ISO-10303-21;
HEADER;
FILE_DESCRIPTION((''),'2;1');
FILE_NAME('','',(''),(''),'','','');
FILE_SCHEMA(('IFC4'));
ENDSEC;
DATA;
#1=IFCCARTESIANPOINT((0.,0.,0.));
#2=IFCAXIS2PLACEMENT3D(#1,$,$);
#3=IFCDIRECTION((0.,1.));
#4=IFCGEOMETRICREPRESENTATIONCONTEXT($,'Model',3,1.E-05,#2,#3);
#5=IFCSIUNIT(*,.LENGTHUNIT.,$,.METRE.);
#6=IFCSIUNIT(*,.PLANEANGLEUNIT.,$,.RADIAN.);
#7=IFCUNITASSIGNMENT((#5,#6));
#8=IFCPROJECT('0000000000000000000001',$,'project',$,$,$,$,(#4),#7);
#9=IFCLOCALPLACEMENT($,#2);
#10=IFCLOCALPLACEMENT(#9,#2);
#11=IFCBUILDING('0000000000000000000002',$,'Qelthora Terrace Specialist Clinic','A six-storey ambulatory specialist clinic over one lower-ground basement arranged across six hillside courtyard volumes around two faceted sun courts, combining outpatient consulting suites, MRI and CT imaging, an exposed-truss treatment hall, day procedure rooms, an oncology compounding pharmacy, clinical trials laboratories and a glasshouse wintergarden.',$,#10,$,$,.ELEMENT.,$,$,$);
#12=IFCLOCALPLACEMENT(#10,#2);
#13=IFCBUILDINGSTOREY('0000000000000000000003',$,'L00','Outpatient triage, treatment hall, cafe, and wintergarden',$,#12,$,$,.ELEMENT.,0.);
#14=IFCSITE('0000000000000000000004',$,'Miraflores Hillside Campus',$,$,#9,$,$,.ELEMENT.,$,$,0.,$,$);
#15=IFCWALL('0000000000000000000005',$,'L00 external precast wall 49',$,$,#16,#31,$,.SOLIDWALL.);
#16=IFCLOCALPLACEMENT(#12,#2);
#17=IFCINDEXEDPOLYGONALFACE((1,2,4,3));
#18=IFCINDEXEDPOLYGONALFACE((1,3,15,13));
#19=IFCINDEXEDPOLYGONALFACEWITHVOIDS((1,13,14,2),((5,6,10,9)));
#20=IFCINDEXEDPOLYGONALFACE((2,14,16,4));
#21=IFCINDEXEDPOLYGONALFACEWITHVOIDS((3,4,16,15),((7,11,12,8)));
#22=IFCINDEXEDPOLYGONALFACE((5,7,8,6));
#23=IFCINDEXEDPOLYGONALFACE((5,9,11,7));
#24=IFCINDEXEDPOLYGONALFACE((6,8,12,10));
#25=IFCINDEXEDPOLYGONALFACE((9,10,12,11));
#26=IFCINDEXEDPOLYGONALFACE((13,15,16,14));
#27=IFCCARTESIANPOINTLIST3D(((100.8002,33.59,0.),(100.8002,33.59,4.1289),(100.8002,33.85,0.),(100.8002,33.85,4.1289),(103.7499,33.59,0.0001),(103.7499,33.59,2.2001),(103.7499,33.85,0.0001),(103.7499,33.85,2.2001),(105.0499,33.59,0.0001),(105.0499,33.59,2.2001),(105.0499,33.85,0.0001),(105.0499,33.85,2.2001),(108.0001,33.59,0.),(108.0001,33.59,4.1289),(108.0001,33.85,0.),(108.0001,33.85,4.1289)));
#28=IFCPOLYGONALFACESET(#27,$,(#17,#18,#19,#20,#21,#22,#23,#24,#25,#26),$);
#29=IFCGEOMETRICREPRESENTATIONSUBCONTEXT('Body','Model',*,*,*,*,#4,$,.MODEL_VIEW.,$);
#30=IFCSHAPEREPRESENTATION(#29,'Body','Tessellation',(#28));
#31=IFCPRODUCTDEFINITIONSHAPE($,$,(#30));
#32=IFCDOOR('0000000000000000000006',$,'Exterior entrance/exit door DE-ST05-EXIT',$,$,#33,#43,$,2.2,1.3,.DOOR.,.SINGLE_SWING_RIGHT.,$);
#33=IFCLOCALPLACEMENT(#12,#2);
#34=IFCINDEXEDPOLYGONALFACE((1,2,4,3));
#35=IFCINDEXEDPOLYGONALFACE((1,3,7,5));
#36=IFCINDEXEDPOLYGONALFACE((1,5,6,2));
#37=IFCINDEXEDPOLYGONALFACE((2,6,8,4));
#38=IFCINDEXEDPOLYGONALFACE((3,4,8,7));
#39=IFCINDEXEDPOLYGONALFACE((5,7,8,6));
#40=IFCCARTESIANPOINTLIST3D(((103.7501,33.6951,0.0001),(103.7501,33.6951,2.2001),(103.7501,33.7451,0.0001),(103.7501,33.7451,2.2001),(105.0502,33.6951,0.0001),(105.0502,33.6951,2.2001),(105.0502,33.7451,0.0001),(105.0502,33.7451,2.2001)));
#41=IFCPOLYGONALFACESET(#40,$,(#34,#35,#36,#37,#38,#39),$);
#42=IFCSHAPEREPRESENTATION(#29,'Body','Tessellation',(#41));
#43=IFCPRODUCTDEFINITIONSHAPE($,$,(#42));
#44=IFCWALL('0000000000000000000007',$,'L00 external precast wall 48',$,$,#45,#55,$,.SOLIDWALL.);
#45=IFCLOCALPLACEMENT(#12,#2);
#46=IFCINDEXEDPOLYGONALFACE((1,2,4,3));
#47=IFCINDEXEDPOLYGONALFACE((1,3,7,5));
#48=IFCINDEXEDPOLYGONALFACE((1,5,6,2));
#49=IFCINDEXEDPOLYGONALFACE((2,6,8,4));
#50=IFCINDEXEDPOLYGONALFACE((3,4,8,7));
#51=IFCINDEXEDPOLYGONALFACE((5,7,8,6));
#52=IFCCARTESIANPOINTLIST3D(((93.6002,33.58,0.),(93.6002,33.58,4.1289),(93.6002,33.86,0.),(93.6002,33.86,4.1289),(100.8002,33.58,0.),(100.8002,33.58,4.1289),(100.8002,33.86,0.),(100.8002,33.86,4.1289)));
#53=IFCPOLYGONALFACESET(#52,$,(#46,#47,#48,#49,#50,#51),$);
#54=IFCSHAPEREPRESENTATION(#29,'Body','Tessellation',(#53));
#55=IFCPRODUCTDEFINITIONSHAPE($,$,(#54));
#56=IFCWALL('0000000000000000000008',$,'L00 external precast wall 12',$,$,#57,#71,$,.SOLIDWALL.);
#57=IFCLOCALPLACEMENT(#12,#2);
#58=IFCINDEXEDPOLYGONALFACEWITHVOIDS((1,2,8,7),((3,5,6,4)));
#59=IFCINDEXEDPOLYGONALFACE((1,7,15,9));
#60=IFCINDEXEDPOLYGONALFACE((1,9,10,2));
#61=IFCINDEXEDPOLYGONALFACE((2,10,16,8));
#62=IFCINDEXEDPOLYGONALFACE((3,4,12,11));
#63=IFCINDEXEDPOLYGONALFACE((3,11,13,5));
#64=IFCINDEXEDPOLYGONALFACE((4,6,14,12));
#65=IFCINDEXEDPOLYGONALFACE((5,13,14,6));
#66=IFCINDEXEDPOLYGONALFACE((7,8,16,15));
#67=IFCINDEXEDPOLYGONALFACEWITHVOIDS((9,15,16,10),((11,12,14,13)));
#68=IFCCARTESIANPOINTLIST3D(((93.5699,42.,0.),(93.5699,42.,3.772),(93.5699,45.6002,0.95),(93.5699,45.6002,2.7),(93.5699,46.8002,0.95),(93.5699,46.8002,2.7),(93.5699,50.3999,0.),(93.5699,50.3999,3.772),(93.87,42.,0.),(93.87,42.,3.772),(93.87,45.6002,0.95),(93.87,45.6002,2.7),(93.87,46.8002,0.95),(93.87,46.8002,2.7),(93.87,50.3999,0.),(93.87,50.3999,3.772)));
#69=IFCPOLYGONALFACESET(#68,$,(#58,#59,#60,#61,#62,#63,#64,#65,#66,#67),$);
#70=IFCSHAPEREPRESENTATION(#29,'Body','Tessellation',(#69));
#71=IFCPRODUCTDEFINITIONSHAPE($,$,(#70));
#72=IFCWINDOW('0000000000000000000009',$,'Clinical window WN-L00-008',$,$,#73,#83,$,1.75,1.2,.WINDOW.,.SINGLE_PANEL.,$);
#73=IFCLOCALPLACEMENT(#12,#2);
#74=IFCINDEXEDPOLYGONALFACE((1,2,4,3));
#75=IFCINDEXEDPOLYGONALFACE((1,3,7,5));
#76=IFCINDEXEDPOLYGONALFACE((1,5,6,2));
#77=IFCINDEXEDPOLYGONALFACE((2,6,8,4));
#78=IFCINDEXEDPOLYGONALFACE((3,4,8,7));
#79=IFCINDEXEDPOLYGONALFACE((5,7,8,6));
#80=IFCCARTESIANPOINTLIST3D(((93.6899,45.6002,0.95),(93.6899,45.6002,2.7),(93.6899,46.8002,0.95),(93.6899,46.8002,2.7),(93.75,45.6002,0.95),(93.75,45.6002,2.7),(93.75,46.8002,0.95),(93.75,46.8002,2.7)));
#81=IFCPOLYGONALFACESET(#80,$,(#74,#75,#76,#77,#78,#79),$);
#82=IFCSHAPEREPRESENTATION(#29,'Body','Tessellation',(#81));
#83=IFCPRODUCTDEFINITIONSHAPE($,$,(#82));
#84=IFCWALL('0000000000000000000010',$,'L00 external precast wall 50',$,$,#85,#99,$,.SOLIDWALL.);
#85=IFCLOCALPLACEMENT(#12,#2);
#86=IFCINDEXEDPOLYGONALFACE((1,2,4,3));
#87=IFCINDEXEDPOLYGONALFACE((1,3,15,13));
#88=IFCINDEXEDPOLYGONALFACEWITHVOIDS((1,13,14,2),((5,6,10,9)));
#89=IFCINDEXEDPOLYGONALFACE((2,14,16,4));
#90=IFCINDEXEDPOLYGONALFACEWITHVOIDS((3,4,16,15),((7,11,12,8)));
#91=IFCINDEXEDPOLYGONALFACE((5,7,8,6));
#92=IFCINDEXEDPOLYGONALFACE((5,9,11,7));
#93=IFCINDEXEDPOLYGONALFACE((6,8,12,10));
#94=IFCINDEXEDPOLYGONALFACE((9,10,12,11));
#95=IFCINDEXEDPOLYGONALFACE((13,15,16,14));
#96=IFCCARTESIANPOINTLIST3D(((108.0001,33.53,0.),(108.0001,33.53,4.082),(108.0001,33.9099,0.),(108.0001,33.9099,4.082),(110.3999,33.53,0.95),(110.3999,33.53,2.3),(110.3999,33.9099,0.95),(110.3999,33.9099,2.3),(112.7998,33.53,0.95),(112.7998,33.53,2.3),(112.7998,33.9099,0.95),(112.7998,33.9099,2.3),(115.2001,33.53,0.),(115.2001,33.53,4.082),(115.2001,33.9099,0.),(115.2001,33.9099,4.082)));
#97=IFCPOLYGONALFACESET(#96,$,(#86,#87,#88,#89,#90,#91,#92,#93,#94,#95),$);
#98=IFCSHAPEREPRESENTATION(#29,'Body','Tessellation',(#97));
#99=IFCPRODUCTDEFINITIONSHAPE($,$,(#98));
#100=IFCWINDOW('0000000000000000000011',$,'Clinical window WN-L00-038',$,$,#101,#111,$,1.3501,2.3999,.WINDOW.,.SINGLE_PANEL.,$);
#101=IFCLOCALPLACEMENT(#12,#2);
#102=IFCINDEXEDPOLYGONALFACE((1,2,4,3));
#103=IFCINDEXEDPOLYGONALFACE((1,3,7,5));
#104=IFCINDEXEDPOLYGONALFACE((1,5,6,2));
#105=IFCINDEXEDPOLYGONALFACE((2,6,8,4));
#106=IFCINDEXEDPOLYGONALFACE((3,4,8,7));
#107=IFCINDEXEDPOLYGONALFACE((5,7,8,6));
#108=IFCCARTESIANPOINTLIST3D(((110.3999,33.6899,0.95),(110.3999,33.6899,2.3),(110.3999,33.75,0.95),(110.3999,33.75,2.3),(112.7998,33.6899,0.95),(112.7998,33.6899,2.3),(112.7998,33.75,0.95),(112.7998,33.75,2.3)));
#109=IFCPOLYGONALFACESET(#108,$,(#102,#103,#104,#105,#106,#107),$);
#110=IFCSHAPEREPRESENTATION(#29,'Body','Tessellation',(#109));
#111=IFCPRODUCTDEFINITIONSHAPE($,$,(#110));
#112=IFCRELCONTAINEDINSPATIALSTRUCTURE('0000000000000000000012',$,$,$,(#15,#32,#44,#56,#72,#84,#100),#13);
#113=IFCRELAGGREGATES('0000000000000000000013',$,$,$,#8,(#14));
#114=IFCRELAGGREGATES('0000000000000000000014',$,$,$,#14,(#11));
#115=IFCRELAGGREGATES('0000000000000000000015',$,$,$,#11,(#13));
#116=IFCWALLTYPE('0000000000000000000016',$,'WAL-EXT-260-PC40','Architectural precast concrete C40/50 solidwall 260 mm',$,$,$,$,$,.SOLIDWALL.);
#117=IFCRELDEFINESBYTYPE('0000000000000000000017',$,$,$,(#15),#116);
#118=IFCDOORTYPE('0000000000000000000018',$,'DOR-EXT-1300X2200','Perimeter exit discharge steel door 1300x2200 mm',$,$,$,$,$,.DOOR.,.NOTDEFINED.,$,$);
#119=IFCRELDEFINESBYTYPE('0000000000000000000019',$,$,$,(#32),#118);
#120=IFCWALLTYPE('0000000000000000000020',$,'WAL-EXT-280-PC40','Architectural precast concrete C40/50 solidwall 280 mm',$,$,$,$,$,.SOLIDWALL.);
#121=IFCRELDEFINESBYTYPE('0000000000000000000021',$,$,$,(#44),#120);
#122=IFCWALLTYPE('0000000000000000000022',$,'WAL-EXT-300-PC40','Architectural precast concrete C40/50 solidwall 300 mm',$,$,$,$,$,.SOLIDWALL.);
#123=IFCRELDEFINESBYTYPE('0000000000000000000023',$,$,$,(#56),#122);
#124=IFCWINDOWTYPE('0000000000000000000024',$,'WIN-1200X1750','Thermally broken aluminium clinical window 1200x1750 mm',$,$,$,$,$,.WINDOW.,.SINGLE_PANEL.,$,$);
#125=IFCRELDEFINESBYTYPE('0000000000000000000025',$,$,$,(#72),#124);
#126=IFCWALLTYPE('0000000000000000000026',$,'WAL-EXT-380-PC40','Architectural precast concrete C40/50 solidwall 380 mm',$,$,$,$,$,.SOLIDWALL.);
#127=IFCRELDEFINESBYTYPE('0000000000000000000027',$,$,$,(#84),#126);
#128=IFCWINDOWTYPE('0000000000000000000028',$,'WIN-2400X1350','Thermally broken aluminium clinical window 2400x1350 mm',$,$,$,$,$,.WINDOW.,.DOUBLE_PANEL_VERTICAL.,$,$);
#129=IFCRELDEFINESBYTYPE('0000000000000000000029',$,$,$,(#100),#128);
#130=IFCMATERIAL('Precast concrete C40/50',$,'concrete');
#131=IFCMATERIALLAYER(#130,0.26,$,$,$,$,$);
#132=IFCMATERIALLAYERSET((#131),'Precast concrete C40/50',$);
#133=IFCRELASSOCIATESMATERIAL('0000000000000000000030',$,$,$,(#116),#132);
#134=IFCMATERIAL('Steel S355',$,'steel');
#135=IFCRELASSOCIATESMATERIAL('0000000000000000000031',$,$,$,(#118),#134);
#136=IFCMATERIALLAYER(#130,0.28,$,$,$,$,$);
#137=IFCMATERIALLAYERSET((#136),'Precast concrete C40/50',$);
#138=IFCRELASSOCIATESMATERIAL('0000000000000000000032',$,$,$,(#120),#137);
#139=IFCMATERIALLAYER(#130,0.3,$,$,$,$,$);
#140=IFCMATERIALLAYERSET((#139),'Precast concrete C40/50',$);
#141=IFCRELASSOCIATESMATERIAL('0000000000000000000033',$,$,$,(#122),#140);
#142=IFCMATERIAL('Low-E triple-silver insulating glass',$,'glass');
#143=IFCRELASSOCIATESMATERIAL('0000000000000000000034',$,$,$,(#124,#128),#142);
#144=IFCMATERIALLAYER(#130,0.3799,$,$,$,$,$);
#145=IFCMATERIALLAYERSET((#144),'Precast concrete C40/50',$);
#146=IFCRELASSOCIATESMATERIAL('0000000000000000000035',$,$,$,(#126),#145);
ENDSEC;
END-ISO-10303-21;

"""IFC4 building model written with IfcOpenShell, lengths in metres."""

from ifc_helpers import new_model, si_unit, direction, frame, frame_2d, origin, place, context, subcontext, project, spatial, rectangle, extrude, material, layer, layer_set, type_object, element, fill, save


model = new_model("IFC4")

# Units and contexts
model_context = context("Model", 3, precision=1e-05, world=origin(), true_north=direction((0.0, 1.0)))
body_context = subcontext(model_context, "Body", "Model", "MODEL_VIEW")
ifc_project = project(units=[si_unit("LENGTHUNIT", "METRE"), si_unit("PLANEANGLEUNIT", "RADIAN")], contexts=[model_context])

# Site, building, storey
site_placement = place(None, origin())
site = spatial("IfcSite", under=ifc_project, at=site_placement, Name="Miraflores Hillside Campus", CompositionType="ELEMENT", RefElevation=0.0)
building_placement = place(site_placement, origin())
building = spatial("IfcBuilding", under=site, at=building_placement, Name="Qelthora Terrace Specialist Clinic", Description="A six-storey ambulatory specialist clinic over one lower-ground basement arranged across six hillside courtyard volumes around two faceted sun courts, combining outpatient consulting suites, MRI and CT imaging, an exposed-truss treatment hall, day procedure rooms, an oncology compounding pharmacy, clinical trials laboratories and a glasshouse wintergarden.", CompositionType="ELEMENT")
storey_placement = place(building_placement, origin())
storey = spatial("IfcBuildingStorey", under=building, at=storey_placement, Name="L00", Description="Outpatient triage, treatment hall, cafe, and wintergarden", CompositionType="ELEMENT", Elevation=0.0)

# Shared definitions
ifc_material_1 = material(Name="Steel S355", Category="steel")

# Wall, opening, door
ifc_material_2 = material(Name="Precast concrete C40/50", Category="concrete")
ifc_layer_1 = layer(ifc_material_2, 0.26)
ifc_layer_set_1 = layer_set([ifc_layer_1], Name="Precast concrete C40/50")
wall_type_1 = type_object("IfcWallType", Name="WAL-EXT-260-PC40", Description="Architectural precast concrete C40/50 solidwall 260 mm", PredefinedType="SOLIDWALL", material=ifc_layer_set_1)
wall_1_placement = place(storey_placement, frame((100.8, 33.72, 0.0), z_axis=(0.0, 0.0, 1.0), x_axis=(1.0, 0.0, 0.0)))
wall_1 = element("IfcWall", 1, at=wall_1_placement, inside=storey, type_object=wall_type_1, Name="L00 external precast wall 49", PredefinedType="SOLIDWALL", context=body_context, shape_type="SweptSolid", body=[
    extrude(rectangle(XDim=7.2, YDim=0.26, at=frame_2d((3.6001, 0.0))), origin(), (0.0, 0.0, 1.0), 4.1289),
])
opening_1_placement = place(wall_1_placement, frame((2.95, 0.0, 0.0)))
opening_1 = element("IfcOpeningElement", 2, at=opening_1_placement, cuts=wall_1, PredefinedType="OPENING", context=body_context, shape_type="SweptSolid", body=[
    extrude(rectangle(XDim=1.3, YDim=2.2, at=frame_2d((0.6499, 1.1001))), frame((0.0, 0.1399, 0.0), z_axis=(0.0, -1.0, 0.0), x_axis=(1.0, 0.0, 0.0)), (0.0, 0.0, 1.0), 0.28),
])
door_type_1 = type_object("IfcDoorType", Name="DOR-EXT-1300X2200", Description="Perimeter exit discharge steel door 1300x2200 mm", OperationType="NOTDEFINED", PredefinedType="DOOR", material=ifc_material_1)
door_1_placement = place(opening_1_placement, frame((1.3, 0.0, 0.0), z_axis=(0.0, 0.0, 1.0), x_axis=(-1.0, 0.0, 0.0)))
door_1 = element("IfcDoor", 3, at=door_1_placement, inside=storey, type_object=door_type_1, Name="Exterior entrance/exit door DE-ST05-EXIT", OperationType="SINGLE_SWING_RIGHT", OverallHeight=2.2, OverallWidth=1.3, PredefinedType="DOOR", context=body_context, shape_type="SweptSolid", body=[
    extrude(rectangle(XDim=1.3, YDim=2.2, at=frame_2d((0.6499, 1.1001))), frame((0.0, 0.0249, 0.0), z_axis=(0.0, -1.0, 0.0), x_axis=(1.0, 0.0, 0.0)), (0.0, 0.0, 1.0), 0.05),
])
fill(opening_1, door_1)

# Wall
ifc_layer_2 = layer(ifc_material_2, 0.28)
ifc_layer_set_2 = layer_set([ifc_layer_2], Name="Precast concrete C40/50")
wall_type_2 = type_object("IfcWallType", Name="WAL-EXT-280-PC40", Description="Architectural precast concrete C40/50 solidwall 280 mm", PredefinedType="SOLIDWALL", material=ifc_layer_set_2)
wall_2_placement = place(storey_placement, frame((93.6001, 33.72, 0.0), z_axis=(0.0, 0.0, 1.0), x_axis=(1.0, 0.0, 0.0)))
element("IfcWall", 4, at=wall_2_placement, inside=storey, type_object=wall_type_2, Name="L00 external precast wall 48", PredefinedType="SOLIDWALL", context=body_context, shape_type="SweptSolid", body=[
    extrude(rectangle(XDim=7.2, YDim=0.28, at=frame_2d((3.6001, 0.0))), origin(), (0.0, 0.0, 1.0), 4.1289),
])

# Walls, openings, windows
ifc_layer_3 = layer(ifc_material_2, 0.3)
ifc_layer_set_3 = layer_set([ifc_layer_3], Name="Precast concrete C40/50")
wall_type_3 = type_object("IfcWallType", Name="WAL-EXT-300-PC40", Description="Architectural precast concrete C40/50 solidwall 300 mm", PredefinedType="SOLIDWALL", material=ifc_layer_set_3)
wall_3_placement = place(storey_placement, frame((93.72, 42.0, 0.0), z_axis=(0.0, 0.0, 1.0), x_axis=(0.0, 1.0, 0.0)))
wall_3 = element("IfcWall", 5, at=wall_3_placement, inside=storey, type_object=wall_type_3, Name="L00 external precast wall 12", PredefinedType="SOLIDWALL", context=body_context, shape_type="SweptSolid", body=[
    extrude(rectangle(XDim=8.3999, YDim=0.3, at=frame_2d((4.2, 0.0))), origin(), (0.0, 0.0, 1.0), 3.772),
])
opening_2_placement = place(wall_3_placement, frame((3.6001, 0.0, 0.95)))
opening_2 = element("IfcOpeningElement", 6, at=opening_2_placement, cuts=wall_3, PredefinedType="OPENING", context=body_context, shape_type="SweptSolid", body=[
    extrude(rectangle(XDim=1.2, YDim=1.75, at=frame_2d((0.6001, 0.875))), frame((0.0, 0.1599, 0.0), z_axis=(0.0, -1.0, 0.0), x_axis=(1.0, 0.0, 0.0)), (0.0, 0.0, 1.0), 0.3201),
])
ifc_material_3 = material(Name="Low-E triple-silver insulating glass", Category="glass")
window_type_1 = type_object("IfcWindowType", Name="WIN-1200X1750", Description="Thermally broken aluminium clinical window 1200x1750 mm", PartitioningType="SINGLE_PANEL", PredefinedType="WINDOW", material=ifc_material_3)
window_1_placement = place(opening_2_placement, origin())
window_1 = element("IfcWindow", 7, at=window_1_placement, inside=storey, type_object=window_type_1, Name="Clinical window WN-L00-008", OverallHeight=1.75, OverallWidth=1.2, PartitioningType="SINGLE_PANEL", PredefinedType="WINDOW", context=body_context, shape_type="SweptSolid", body=[
    extrude(rectangle(XDim=1.2, YDim=1.75, at=frame_2d((0.6001, 0.875))), frame((0.0, 0.03, 0.0), z_axis=(0.0, -1.0, 0.0), x_axis=(1.0, 0.0, 0.0)), (0.0, 0.0, 1.0), 0.0601),
])
fill(opening_2, window_1)
ifc_layer_4 = layer(ifc_material_2, 0.3799)
ifc_layer_set_4 = layer_set([ifc_layer_4], Name="Precast concrete C40/50")
wall_type_4 = type_object("IfcWallType", Name="WAL-EXT-380-PC40", Description="Architectural precast concrete C40/50 solidwall 380 mm", PredefinedType="SOLIDWALL", material=ifc_layer_set_4)
wall_4_placement = place(storey_placement, frame((108.0, 33.72, 0.0), z_axis=(0.0, 0.0, 1.0), x_axis=(1.0, 0.0, 0.0)))
wall_4 = element("IfcWall", 8, at=wall_4_placement, inside=storey, type_object=wall_type_4, Name="L00 external precast wall 50", PredefinedType="SOLIDWALL", context=body_context, shape_type="SweptSolid", body=[
    extrude(rectangle(XDim=7.2, YDim=0.3799, at=frame_2d((3.6001, 0.0))), origin(), (0.0, 0.0, 1.0), 4.082),
])
opening_3_placement = place(wall_4_placement, frame((2.3999, 0.0, 0.95)))
opening_3 = element("IfcOpeningElement", 9, at=opening_3_placement, cuts=wall_4, PredefinedType="OPENING", context=body_context, shape_type="SweptSolid", body=[
    extrude(rectangle(XDim=2.3999, YDim=1.3501, at=frame_2d((1.2, 0.675))), frame((0.0, 0.2, 0.0), z_axis=(0.0, -1.0, 0.0), x_axis=(1.0, 0.0, 0.0)), (0.0, 0.0, 1.0), 0.3999),
])
window_type_2 = type_object("IfcWindowType", Name="WIN-2400X1350", Description="Thermally broken aluminium clinical window 2400x1350 mm", PartitioningType="DOUBLE_PANEL_VERTICAL", PredefinedType="WINDOW", material=ifc_material_3)
window_2_placement = place(opening_3_placement, origin())
window_2 = element("IfcWindow", 10, at=window_2_placement, inside=storey, type_object=window_type_2, Name="Clinical window WN-L00-038", OverallHeight=1.3501, OverallWidth=2.3999, PartitioningType="SINGLE_PANEL", PredefinedType="WINDOW", context=body_context, shape_type="SweptSolid", body=[
    extrude(rectangle(XDim=2.3999, YDim=1.3501, at=frame_2d((1.2, 0.675))), frame((0.0, 0.03, 0.0), z_axis=(0.0, -1.0, 0.0), x_axis=(1.0, 0.0, 0.0)), (0.0, 0.0, 1.0), 0.0601),
])
fill(opening_3, window_2)

save(model, "model.ifc")
